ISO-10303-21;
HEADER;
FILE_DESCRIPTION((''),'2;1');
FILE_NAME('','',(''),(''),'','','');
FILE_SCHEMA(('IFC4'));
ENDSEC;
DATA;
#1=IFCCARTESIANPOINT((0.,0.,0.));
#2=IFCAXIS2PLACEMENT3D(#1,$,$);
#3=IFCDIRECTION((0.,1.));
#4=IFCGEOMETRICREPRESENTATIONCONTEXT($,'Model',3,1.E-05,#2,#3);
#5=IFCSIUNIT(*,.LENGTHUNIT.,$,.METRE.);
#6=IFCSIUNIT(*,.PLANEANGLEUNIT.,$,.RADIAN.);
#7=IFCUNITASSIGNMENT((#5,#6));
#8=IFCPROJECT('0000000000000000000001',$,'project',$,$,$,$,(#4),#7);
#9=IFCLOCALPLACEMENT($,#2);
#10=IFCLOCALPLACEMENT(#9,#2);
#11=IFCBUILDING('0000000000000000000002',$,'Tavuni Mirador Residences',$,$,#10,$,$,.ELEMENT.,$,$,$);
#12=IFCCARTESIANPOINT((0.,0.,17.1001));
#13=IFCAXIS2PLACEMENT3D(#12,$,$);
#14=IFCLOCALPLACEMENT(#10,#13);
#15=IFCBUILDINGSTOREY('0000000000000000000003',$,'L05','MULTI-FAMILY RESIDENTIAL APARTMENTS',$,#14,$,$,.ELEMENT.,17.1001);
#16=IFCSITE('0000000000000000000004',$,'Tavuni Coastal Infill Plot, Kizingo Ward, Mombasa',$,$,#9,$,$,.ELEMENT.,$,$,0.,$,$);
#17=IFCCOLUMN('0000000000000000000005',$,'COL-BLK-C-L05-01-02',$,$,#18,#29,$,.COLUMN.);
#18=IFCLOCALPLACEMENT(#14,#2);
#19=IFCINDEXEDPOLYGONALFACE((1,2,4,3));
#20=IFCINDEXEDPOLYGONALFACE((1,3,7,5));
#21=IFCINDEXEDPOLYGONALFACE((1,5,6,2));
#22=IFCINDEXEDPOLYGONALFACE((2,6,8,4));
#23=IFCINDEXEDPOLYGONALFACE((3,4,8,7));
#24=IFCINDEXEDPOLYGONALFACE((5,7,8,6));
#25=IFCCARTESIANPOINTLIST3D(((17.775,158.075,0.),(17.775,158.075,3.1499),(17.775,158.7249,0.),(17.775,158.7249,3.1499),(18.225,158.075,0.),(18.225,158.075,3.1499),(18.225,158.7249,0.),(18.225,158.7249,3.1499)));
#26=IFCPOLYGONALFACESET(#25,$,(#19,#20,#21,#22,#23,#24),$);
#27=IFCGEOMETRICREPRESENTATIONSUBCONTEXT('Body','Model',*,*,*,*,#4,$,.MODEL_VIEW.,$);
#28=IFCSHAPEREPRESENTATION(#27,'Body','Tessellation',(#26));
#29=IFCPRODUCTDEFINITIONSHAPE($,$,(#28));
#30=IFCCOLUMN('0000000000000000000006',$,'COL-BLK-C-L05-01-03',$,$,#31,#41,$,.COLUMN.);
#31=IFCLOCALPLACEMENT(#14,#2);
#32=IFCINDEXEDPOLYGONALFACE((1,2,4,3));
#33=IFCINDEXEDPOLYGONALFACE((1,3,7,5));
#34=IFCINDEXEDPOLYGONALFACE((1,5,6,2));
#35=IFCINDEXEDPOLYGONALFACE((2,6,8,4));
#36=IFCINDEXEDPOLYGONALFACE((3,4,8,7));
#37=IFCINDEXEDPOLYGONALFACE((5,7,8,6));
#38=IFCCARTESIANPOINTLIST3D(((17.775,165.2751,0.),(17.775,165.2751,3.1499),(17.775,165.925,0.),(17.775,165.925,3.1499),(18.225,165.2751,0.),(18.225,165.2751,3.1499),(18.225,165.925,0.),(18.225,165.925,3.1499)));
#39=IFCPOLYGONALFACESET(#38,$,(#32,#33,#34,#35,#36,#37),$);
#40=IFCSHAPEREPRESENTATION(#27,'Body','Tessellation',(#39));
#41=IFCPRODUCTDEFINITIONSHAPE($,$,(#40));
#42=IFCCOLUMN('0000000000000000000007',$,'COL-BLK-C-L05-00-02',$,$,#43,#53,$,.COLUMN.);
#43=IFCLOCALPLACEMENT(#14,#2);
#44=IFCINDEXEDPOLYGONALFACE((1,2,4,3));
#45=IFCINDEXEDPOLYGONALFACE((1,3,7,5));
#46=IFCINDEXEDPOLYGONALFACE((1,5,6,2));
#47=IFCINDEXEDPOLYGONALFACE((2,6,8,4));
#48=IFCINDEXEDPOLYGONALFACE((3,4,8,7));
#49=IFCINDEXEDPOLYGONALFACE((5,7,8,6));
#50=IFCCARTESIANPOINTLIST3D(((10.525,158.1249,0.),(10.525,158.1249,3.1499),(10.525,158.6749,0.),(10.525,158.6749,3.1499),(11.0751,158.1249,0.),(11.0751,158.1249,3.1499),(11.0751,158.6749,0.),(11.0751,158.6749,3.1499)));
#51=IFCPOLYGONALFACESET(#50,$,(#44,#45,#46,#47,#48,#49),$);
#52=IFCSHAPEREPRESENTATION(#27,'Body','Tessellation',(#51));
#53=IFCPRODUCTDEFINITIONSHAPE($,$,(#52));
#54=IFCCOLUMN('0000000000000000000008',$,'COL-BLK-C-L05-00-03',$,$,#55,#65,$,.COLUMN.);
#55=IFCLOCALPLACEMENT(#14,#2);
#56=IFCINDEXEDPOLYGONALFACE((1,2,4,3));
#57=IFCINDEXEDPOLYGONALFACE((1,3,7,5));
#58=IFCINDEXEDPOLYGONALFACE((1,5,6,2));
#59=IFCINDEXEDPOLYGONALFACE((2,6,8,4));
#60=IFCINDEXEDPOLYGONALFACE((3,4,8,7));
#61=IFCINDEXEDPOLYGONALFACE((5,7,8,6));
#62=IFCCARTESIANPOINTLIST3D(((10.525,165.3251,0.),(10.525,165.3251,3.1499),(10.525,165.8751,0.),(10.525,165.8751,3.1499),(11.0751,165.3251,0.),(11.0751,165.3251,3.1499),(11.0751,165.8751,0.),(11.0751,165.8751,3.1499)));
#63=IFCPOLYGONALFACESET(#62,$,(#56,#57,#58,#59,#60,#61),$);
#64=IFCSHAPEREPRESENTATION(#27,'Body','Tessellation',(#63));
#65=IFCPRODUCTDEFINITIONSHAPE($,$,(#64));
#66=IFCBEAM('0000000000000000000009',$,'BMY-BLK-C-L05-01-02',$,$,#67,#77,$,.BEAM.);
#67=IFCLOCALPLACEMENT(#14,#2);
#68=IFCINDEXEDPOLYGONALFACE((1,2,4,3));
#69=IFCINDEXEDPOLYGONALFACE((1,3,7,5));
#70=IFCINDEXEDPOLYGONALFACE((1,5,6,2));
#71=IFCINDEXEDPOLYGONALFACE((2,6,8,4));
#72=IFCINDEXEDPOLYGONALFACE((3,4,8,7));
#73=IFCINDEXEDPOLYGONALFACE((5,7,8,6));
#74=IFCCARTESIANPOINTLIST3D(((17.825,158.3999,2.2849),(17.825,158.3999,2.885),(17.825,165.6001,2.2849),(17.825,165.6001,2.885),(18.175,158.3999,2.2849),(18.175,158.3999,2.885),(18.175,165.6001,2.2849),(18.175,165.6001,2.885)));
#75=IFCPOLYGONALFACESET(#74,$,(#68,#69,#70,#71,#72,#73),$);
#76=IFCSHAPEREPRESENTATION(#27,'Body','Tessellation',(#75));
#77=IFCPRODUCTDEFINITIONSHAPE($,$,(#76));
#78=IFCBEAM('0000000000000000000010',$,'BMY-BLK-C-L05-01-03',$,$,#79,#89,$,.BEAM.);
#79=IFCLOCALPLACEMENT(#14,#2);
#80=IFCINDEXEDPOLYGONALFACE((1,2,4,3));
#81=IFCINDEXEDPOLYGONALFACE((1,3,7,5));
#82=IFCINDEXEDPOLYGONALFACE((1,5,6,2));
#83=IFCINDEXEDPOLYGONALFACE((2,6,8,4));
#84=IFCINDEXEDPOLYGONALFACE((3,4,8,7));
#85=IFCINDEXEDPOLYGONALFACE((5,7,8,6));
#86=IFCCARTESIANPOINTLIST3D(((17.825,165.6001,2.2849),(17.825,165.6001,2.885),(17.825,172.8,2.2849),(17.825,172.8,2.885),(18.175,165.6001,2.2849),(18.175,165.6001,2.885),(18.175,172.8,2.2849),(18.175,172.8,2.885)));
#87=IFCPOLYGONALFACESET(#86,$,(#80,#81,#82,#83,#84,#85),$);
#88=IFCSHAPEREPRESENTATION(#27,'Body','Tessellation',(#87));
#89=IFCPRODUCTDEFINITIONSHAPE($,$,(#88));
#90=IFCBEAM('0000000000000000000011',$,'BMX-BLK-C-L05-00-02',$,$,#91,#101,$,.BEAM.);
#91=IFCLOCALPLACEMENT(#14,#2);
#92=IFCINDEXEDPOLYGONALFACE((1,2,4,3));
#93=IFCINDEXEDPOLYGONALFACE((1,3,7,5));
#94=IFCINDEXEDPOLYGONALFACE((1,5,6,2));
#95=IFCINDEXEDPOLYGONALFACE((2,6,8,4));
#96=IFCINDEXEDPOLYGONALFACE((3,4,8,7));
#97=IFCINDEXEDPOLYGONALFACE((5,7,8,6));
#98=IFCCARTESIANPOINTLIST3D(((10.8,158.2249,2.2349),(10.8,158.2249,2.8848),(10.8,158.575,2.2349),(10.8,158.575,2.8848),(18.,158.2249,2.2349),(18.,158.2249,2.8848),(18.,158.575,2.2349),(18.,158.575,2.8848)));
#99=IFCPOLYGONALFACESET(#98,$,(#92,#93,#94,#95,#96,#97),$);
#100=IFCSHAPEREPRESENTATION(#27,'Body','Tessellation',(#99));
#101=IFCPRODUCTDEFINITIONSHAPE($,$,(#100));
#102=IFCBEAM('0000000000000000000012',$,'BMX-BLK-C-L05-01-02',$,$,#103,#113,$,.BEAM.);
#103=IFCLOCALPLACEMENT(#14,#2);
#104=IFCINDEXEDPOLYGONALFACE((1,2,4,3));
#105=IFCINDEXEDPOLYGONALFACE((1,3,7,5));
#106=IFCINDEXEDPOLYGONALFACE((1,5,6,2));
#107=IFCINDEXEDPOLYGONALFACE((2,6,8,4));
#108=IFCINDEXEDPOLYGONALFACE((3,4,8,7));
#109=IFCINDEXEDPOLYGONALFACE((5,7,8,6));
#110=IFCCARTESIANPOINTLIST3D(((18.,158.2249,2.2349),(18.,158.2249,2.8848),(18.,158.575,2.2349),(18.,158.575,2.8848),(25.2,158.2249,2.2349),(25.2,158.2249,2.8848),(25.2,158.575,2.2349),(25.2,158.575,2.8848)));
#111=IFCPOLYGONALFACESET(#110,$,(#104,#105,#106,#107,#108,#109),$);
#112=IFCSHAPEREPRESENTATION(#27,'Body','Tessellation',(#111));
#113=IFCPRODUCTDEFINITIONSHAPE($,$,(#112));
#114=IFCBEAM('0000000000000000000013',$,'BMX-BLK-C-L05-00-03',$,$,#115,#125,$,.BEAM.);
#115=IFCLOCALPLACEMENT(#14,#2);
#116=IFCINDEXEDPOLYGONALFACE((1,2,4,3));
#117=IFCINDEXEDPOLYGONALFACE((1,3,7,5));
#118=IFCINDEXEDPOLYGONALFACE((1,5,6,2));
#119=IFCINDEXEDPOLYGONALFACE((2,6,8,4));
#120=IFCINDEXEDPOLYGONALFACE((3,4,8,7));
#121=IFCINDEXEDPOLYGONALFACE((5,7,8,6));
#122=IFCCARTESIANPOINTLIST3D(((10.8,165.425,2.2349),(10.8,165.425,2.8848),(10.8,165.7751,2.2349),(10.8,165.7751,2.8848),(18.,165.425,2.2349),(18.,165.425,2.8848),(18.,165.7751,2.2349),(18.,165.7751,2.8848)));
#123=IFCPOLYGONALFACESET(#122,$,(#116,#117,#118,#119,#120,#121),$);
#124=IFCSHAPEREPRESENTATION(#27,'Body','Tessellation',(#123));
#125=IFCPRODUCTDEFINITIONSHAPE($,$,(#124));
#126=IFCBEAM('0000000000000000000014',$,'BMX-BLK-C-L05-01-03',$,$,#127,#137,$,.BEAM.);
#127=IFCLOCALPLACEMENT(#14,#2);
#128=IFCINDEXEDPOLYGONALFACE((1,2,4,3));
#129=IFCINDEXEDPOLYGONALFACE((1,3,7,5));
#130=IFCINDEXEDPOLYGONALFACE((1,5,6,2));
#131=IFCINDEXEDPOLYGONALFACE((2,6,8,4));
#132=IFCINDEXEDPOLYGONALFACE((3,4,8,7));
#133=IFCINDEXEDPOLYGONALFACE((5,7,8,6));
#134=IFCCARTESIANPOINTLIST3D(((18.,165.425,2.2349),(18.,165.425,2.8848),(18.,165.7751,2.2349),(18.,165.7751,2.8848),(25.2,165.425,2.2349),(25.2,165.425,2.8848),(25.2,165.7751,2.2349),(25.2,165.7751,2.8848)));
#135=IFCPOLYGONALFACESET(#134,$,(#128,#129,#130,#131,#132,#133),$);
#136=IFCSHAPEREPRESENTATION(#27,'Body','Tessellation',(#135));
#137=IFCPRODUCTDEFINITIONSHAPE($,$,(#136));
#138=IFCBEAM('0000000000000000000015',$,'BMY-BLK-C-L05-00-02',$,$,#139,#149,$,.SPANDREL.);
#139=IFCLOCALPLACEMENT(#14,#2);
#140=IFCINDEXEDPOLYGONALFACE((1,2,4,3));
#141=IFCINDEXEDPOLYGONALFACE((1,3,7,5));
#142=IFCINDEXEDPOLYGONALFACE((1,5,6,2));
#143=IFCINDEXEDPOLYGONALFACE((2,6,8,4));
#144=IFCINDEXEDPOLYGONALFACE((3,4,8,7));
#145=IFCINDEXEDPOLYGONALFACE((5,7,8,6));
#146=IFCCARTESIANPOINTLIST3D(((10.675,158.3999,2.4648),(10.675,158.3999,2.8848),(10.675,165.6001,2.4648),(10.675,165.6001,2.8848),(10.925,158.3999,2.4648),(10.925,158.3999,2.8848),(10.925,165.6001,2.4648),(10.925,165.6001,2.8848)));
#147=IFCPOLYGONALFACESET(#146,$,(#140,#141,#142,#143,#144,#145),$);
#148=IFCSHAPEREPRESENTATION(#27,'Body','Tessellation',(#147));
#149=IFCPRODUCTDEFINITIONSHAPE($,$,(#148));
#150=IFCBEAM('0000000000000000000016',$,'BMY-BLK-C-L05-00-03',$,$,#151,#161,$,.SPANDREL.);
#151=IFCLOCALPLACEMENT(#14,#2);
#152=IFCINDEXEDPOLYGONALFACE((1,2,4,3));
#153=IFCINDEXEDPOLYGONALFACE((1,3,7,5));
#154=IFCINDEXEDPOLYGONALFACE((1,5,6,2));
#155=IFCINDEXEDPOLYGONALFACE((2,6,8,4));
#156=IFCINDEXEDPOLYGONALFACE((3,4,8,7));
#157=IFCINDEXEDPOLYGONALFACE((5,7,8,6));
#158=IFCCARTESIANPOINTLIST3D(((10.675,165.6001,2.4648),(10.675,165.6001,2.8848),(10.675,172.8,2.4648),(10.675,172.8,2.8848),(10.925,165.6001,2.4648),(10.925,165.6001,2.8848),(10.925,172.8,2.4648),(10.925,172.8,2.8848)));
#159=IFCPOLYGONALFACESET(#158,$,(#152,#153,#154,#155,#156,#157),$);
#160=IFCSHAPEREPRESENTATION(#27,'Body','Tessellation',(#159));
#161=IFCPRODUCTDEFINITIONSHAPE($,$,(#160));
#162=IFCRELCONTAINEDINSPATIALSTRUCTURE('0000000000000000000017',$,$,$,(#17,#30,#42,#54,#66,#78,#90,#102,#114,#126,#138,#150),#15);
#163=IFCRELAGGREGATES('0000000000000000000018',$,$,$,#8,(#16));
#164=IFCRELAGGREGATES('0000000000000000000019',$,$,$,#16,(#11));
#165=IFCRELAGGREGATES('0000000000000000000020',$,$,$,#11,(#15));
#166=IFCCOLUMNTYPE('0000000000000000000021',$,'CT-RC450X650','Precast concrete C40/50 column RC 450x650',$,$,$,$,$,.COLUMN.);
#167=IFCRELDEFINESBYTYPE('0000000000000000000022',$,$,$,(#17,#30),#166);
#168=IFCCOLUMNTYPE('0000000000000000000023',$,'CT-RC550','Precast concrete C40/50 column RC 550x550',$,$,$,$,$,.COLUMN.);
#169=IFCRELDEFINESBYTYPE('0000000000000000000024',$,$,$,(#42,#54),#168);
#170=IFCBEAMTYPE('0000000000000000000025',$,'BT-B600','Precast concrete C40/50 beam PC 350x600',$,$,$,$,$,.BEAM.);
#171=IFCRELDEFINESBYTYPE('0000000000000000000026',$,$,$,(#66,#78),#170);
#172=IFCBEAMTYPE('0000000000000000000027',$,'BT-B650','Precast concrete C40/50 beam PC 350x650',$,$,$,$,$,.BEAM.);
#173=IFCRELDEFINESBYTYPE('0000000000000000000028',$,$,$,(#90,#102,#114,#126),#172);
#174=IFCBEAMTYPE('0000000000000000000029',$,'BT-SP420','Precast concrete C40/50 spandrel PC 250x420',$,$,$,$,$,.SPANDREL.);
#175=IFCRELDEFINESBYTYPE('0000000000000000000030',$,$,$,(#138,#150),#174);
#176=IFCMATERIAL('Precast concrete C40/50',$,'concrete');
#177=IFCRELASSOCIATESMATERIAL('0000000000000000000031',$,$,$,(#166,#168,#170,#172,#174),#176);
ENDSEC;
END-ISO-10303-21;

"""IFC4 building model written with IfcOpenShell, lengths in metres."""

from ifc_helpers import new_model, si_unit, direction, frame, origin, origin_2d, place, context, subcontext, project, spatial, rectangle, extrude, material, material_profile, profile_set, type_object, element, save


model = new_model("IFC4")

# Units and contexts
model_context = context("Model", 3, precision=1e-05, world=origin(), true_north=direction((0.0, 1.0)))
body_context = subcontext(model_context, "Body", "Model", "MODEL_VIEW")
ifc_project = project(units=[si_unit("LENGTHUNIT", "METRE"), si_unit("PLANEANGLEUNIT", "RADIAN")], contexts=[model_context])

# Site, building, storey
site_placement = place(None, origin())
site = spatial("IfcSite", under=ifc_project, at=site_placement, Name="Tavuni Coastal Infill Plot, Kizingo Ward, Mombasa", CompositionType="ELEMENT", RefElevation=0.0)
building_placement = place(site_placement, origin())
building = spatial("IfcBuilding", under=site, at=building_placement, Name="Tavuni Mirador Residences", CompositionType="ELEMENT")
storey_placement = place(building_placement, frame((0.0, 0.0, 17.1001)))
storey = spatial("IfcBuildingStorey", under=building, at=storey_placement, Name="L05", Description="MULTI-FAMILY RESIDENTIAL APARTMENTS", CompositionType="ELEMENT", Elevation=17.1001)

# Columns
ifc_material_1 = material(Name="Precast concrete C40/50", Category="concrete")
ifc_material_profile_1 = material_profile(ifc_material_1, rectangle(XDim=0.45, YDim=0.6499, at=origin_2d()), Name="RC 450x650", Category="concrete")
ifc_profile_set_1 = profile_set([ifc_material_profile_1], Name="Precast concrete C40/50")
column_type_1 = type_object("IfcColumnType", Name="CT-RC450X650", Description="Precast concrete C40/50 column RC 450x650", PredefinedType="COLUMN", material=ifc_profile_set_1)
for number, where, z_axis, x_axis, name in (
    (1, (18.0, 158.3999, 0.0), (0.0, 0.0, 1.0), (1.0, 0.0, 0.0), "COL-BLK-C-L05-01-02"),
    (2, (18.0, 165.6001, 0.0), (0.0, 0.0, 1.0), (1.0, 0.0, 0.0), "COL-BLK-C-L05-01-03"),
):
    element("IfcColumn", number, at=place(storey_placement, frame(where, z_axis=z_axis, x_axis=x_axis)), inside=storey, type_object=column_type_1, Name=name, PredefinedType="COLUMN", context=body_context, shape_type="SweptSolid", body=[
        extrude(rectangle(XDim=0.45, YDim=0.6499, at=origin_2d()), origin(), (0.0, 0.0, 1.0), 3.1499),
    ])
ifc_material_profile_2 = material_profile(ifc_material_1, rectangle(XDim=0.55, YDim=0.55, at=origin_2d()), Name="RC 550x550", Category="concrete")
ifc_profile_set_2 = profile_set([ifc_material_profile_2], Name="Precast concrete C40/50")
column_type_2 = type_object("IfcColumnType", Name="CT-RC550", Description="Precast concrete C40/50 column RC 550x550", PredefinedType="COLUMN", material=ifc_profile_set_2)
for number, where, z_axis, x_axis, name in (
    (3, (10.8, 158.3999, 0.0), (0.0, 0.0, 1.0), (1.0, 0.0, 0.0), "COL-BLK-C-L05-00-02"),
    (4, (10.8, 165.6001, 0.0), (0.0, 0.0, 1.0), (1.0, 0.0, 0.0), "COL-BLK-C-L05-00-03"),
):
    element("IfcColumn", number, at=place(storey_placement, frame(where, z_axis=z_axis, x_axis=x_axis)), inside=storey, type_object=column_type_2, Name=name, PredefinedType="COLUMN", context=body_context, shape_type="SweptSolid", body=[
        extrude(rectangle(XDim=0.55, YDim=0.55, at=origin_2d()), origin(), (0.0, 0.0, 1.0), 3.1499),
    ])

# Beams
ifc_material_profile_3 = material_profile(ifc_material_1, rectangle(XDim=0.3501, YDim=0.6001, at=origin_2d()), Name="PC 350x600", Category="concrete")
ifc_profile_set_3 = profile_set([ifc_material_profile_3], Name="Precast concrete C40/50")
beam_type_1 = type_object("IfcBeamType", Name="BT-B600", Description="Precast concrete C40/50 beam PC 350x600", PredefinedType="BEAM", material=ifc_profile_set_3)
beam_1_placement = place(storey_placement, frame((18.0, 158.3999, 2.585), z_axis=(0.0, 1.0, 0.0), x_axis=(-1.0, 0.0, 0.0)))
element("IfcBeam", 5, at=beam_1_placement, inside=storey, type_object=beam_type_1, Name="BMY-BLK-C-L05-01-02", PredefinedType="BEAM", context=body_context, shape_type="SweptSolid", body=[
    extrude(rectangle(XDim=0.3501, YDim=0.6001, at=origin_2d()), origin(), (0.0, 0.0, 1.0), 7.2002),
])
beam_2_placement = place(storey_placement, frame((18.0, 165.6001, 2.585), z_axis=(0.0, 1.0, 0.0), x_axis=(-1.0, 0.0, 0.0)))
element("IfcBeam", 6, at=beam_2_placement, inside=storey, type_object=beam_type_1, Name="BMY-BLK-C-L05-01-03", PredefinedType="BEAM", context=body_context, shape_type="SweptSolid", body=[
    extrude(rectangle(XDim=0.3501, YDim=0.6001, at=origin_2d()), origin(), (0.0, 0.0, 1.0), 7.2),
])
ifc_material_profile_4 = material_profile(ifc_material_1, rectangle(XDim=0.3501, YDim=0.6499, at=origin_2d()), Name="PC 350x650", Category="concrete")
ifc_profile_set_4 = profile_set([ifc_material_profile_4], Name="Precast concrete C40/50")
beam_type_2 = type_object("IfcBeamType", Name="BT-B650", Description="Precast concrete C40/50 beam PC 350x650", PredefinedType="BEAM", material=ifc_profile_set_4)
for number, where, z_axis, x_axis, name in (
    (7, (10.8, 158.3999, 2.5598), (1.0, 0.0, 0.0), (0.0, 1.0, 0.0), "BMX-BLK-C-L05-00-02"),
    (8, (18.0, 158.3999, 2.5598), (1.0, 0.0, 0.0), (0.0, 1.0, 0.0), "BMX-BLK-C-L05-01-02"),
    (9, (10.8, 165.6001, 2.5598), (1.0, 0.0, 0.0), (0.0, 1.0, 0.0), "BMX-BLK-C-L05-00-03"),
    (10, (18.0, 165.6001, 2.5598), (1.0, 0.0, 0.0), (0.0, 1.0, 0.0), "BMX-BLK-C-L05-01-03"),
):
    element("IfcBeam", number, at=place(storey_placement, frame(where, z_axis=z_axis, x_axis=x_axis)), inside=storey, type_object=beam_type_2, Name=name, PredefinedType="BEAM", context=body_context, shape_type="SweptSolid", body=[
        extrude(rectangle(XDim=0.3501, YDim=0.6499, at=origin_2d()), origin(), (0.0, 0.0, 1.0), 7.2),
    ])
ifc_material_profile_5 = material_profile(ifc_material_1, rectangle(XDim=0.25, YDim=0.4199, at=origin_2d()), Name="PC 250x420", Category="concrete")
ifc_profile_set_5 = profile_set([ifc_material_profile_5], Name="Precast concrete C40/50")
beam_type_3 = type_object("IfcBeamType", Name="BT-SP420", Description="Precast concrete C40/50 spandrel PC 250x420", PredefinedType="SPANDREL", material=ifc_profile_set_5)
beam_3_placement = place(storey_placement, frame((10.8, 158.3999, 2.6748), z_axis=(0.0, 1.0, 0.0), x_axis=(-1.0, 0.0, 0.0)))
element("IfcBeam", 11, at=beam_3_placement, inside=storey, type_object=beam_type_3, Name="BMY-BLK-C-L05-00-02", PredefinedType="SPANDREL", context=body_context, shape_type="SweptSolid", body=[
    extrude(rectangle(XDim=0.25, YDim=0.4199, at=origin_2d()), origin(), (0.0, 0.0, 1.0), 7.2002),
])
beam_4_placement = place(storey_placement, frame((10.8, 165.6001, 2.6748), z_axis=(0.0, 1.0, 0.0), x_axis=(-1.0, 0.0, 0.0)))
element("IfcBeam", 12, at=beam_4_placement, inside=storey, type_object=beam_type_3, Name="BMY-BLK-C-L05-00-03", PredefinedType="SPANDREL", context=body_context, shape_type="SweptSolid", body=[
    extrude(rectangle(XDim=0.25, YDim=0.4199, at=origin_2d()), origin(), (0.0, 0.0, 1.0), 7.2),
])

save(model, "model.ifc")
